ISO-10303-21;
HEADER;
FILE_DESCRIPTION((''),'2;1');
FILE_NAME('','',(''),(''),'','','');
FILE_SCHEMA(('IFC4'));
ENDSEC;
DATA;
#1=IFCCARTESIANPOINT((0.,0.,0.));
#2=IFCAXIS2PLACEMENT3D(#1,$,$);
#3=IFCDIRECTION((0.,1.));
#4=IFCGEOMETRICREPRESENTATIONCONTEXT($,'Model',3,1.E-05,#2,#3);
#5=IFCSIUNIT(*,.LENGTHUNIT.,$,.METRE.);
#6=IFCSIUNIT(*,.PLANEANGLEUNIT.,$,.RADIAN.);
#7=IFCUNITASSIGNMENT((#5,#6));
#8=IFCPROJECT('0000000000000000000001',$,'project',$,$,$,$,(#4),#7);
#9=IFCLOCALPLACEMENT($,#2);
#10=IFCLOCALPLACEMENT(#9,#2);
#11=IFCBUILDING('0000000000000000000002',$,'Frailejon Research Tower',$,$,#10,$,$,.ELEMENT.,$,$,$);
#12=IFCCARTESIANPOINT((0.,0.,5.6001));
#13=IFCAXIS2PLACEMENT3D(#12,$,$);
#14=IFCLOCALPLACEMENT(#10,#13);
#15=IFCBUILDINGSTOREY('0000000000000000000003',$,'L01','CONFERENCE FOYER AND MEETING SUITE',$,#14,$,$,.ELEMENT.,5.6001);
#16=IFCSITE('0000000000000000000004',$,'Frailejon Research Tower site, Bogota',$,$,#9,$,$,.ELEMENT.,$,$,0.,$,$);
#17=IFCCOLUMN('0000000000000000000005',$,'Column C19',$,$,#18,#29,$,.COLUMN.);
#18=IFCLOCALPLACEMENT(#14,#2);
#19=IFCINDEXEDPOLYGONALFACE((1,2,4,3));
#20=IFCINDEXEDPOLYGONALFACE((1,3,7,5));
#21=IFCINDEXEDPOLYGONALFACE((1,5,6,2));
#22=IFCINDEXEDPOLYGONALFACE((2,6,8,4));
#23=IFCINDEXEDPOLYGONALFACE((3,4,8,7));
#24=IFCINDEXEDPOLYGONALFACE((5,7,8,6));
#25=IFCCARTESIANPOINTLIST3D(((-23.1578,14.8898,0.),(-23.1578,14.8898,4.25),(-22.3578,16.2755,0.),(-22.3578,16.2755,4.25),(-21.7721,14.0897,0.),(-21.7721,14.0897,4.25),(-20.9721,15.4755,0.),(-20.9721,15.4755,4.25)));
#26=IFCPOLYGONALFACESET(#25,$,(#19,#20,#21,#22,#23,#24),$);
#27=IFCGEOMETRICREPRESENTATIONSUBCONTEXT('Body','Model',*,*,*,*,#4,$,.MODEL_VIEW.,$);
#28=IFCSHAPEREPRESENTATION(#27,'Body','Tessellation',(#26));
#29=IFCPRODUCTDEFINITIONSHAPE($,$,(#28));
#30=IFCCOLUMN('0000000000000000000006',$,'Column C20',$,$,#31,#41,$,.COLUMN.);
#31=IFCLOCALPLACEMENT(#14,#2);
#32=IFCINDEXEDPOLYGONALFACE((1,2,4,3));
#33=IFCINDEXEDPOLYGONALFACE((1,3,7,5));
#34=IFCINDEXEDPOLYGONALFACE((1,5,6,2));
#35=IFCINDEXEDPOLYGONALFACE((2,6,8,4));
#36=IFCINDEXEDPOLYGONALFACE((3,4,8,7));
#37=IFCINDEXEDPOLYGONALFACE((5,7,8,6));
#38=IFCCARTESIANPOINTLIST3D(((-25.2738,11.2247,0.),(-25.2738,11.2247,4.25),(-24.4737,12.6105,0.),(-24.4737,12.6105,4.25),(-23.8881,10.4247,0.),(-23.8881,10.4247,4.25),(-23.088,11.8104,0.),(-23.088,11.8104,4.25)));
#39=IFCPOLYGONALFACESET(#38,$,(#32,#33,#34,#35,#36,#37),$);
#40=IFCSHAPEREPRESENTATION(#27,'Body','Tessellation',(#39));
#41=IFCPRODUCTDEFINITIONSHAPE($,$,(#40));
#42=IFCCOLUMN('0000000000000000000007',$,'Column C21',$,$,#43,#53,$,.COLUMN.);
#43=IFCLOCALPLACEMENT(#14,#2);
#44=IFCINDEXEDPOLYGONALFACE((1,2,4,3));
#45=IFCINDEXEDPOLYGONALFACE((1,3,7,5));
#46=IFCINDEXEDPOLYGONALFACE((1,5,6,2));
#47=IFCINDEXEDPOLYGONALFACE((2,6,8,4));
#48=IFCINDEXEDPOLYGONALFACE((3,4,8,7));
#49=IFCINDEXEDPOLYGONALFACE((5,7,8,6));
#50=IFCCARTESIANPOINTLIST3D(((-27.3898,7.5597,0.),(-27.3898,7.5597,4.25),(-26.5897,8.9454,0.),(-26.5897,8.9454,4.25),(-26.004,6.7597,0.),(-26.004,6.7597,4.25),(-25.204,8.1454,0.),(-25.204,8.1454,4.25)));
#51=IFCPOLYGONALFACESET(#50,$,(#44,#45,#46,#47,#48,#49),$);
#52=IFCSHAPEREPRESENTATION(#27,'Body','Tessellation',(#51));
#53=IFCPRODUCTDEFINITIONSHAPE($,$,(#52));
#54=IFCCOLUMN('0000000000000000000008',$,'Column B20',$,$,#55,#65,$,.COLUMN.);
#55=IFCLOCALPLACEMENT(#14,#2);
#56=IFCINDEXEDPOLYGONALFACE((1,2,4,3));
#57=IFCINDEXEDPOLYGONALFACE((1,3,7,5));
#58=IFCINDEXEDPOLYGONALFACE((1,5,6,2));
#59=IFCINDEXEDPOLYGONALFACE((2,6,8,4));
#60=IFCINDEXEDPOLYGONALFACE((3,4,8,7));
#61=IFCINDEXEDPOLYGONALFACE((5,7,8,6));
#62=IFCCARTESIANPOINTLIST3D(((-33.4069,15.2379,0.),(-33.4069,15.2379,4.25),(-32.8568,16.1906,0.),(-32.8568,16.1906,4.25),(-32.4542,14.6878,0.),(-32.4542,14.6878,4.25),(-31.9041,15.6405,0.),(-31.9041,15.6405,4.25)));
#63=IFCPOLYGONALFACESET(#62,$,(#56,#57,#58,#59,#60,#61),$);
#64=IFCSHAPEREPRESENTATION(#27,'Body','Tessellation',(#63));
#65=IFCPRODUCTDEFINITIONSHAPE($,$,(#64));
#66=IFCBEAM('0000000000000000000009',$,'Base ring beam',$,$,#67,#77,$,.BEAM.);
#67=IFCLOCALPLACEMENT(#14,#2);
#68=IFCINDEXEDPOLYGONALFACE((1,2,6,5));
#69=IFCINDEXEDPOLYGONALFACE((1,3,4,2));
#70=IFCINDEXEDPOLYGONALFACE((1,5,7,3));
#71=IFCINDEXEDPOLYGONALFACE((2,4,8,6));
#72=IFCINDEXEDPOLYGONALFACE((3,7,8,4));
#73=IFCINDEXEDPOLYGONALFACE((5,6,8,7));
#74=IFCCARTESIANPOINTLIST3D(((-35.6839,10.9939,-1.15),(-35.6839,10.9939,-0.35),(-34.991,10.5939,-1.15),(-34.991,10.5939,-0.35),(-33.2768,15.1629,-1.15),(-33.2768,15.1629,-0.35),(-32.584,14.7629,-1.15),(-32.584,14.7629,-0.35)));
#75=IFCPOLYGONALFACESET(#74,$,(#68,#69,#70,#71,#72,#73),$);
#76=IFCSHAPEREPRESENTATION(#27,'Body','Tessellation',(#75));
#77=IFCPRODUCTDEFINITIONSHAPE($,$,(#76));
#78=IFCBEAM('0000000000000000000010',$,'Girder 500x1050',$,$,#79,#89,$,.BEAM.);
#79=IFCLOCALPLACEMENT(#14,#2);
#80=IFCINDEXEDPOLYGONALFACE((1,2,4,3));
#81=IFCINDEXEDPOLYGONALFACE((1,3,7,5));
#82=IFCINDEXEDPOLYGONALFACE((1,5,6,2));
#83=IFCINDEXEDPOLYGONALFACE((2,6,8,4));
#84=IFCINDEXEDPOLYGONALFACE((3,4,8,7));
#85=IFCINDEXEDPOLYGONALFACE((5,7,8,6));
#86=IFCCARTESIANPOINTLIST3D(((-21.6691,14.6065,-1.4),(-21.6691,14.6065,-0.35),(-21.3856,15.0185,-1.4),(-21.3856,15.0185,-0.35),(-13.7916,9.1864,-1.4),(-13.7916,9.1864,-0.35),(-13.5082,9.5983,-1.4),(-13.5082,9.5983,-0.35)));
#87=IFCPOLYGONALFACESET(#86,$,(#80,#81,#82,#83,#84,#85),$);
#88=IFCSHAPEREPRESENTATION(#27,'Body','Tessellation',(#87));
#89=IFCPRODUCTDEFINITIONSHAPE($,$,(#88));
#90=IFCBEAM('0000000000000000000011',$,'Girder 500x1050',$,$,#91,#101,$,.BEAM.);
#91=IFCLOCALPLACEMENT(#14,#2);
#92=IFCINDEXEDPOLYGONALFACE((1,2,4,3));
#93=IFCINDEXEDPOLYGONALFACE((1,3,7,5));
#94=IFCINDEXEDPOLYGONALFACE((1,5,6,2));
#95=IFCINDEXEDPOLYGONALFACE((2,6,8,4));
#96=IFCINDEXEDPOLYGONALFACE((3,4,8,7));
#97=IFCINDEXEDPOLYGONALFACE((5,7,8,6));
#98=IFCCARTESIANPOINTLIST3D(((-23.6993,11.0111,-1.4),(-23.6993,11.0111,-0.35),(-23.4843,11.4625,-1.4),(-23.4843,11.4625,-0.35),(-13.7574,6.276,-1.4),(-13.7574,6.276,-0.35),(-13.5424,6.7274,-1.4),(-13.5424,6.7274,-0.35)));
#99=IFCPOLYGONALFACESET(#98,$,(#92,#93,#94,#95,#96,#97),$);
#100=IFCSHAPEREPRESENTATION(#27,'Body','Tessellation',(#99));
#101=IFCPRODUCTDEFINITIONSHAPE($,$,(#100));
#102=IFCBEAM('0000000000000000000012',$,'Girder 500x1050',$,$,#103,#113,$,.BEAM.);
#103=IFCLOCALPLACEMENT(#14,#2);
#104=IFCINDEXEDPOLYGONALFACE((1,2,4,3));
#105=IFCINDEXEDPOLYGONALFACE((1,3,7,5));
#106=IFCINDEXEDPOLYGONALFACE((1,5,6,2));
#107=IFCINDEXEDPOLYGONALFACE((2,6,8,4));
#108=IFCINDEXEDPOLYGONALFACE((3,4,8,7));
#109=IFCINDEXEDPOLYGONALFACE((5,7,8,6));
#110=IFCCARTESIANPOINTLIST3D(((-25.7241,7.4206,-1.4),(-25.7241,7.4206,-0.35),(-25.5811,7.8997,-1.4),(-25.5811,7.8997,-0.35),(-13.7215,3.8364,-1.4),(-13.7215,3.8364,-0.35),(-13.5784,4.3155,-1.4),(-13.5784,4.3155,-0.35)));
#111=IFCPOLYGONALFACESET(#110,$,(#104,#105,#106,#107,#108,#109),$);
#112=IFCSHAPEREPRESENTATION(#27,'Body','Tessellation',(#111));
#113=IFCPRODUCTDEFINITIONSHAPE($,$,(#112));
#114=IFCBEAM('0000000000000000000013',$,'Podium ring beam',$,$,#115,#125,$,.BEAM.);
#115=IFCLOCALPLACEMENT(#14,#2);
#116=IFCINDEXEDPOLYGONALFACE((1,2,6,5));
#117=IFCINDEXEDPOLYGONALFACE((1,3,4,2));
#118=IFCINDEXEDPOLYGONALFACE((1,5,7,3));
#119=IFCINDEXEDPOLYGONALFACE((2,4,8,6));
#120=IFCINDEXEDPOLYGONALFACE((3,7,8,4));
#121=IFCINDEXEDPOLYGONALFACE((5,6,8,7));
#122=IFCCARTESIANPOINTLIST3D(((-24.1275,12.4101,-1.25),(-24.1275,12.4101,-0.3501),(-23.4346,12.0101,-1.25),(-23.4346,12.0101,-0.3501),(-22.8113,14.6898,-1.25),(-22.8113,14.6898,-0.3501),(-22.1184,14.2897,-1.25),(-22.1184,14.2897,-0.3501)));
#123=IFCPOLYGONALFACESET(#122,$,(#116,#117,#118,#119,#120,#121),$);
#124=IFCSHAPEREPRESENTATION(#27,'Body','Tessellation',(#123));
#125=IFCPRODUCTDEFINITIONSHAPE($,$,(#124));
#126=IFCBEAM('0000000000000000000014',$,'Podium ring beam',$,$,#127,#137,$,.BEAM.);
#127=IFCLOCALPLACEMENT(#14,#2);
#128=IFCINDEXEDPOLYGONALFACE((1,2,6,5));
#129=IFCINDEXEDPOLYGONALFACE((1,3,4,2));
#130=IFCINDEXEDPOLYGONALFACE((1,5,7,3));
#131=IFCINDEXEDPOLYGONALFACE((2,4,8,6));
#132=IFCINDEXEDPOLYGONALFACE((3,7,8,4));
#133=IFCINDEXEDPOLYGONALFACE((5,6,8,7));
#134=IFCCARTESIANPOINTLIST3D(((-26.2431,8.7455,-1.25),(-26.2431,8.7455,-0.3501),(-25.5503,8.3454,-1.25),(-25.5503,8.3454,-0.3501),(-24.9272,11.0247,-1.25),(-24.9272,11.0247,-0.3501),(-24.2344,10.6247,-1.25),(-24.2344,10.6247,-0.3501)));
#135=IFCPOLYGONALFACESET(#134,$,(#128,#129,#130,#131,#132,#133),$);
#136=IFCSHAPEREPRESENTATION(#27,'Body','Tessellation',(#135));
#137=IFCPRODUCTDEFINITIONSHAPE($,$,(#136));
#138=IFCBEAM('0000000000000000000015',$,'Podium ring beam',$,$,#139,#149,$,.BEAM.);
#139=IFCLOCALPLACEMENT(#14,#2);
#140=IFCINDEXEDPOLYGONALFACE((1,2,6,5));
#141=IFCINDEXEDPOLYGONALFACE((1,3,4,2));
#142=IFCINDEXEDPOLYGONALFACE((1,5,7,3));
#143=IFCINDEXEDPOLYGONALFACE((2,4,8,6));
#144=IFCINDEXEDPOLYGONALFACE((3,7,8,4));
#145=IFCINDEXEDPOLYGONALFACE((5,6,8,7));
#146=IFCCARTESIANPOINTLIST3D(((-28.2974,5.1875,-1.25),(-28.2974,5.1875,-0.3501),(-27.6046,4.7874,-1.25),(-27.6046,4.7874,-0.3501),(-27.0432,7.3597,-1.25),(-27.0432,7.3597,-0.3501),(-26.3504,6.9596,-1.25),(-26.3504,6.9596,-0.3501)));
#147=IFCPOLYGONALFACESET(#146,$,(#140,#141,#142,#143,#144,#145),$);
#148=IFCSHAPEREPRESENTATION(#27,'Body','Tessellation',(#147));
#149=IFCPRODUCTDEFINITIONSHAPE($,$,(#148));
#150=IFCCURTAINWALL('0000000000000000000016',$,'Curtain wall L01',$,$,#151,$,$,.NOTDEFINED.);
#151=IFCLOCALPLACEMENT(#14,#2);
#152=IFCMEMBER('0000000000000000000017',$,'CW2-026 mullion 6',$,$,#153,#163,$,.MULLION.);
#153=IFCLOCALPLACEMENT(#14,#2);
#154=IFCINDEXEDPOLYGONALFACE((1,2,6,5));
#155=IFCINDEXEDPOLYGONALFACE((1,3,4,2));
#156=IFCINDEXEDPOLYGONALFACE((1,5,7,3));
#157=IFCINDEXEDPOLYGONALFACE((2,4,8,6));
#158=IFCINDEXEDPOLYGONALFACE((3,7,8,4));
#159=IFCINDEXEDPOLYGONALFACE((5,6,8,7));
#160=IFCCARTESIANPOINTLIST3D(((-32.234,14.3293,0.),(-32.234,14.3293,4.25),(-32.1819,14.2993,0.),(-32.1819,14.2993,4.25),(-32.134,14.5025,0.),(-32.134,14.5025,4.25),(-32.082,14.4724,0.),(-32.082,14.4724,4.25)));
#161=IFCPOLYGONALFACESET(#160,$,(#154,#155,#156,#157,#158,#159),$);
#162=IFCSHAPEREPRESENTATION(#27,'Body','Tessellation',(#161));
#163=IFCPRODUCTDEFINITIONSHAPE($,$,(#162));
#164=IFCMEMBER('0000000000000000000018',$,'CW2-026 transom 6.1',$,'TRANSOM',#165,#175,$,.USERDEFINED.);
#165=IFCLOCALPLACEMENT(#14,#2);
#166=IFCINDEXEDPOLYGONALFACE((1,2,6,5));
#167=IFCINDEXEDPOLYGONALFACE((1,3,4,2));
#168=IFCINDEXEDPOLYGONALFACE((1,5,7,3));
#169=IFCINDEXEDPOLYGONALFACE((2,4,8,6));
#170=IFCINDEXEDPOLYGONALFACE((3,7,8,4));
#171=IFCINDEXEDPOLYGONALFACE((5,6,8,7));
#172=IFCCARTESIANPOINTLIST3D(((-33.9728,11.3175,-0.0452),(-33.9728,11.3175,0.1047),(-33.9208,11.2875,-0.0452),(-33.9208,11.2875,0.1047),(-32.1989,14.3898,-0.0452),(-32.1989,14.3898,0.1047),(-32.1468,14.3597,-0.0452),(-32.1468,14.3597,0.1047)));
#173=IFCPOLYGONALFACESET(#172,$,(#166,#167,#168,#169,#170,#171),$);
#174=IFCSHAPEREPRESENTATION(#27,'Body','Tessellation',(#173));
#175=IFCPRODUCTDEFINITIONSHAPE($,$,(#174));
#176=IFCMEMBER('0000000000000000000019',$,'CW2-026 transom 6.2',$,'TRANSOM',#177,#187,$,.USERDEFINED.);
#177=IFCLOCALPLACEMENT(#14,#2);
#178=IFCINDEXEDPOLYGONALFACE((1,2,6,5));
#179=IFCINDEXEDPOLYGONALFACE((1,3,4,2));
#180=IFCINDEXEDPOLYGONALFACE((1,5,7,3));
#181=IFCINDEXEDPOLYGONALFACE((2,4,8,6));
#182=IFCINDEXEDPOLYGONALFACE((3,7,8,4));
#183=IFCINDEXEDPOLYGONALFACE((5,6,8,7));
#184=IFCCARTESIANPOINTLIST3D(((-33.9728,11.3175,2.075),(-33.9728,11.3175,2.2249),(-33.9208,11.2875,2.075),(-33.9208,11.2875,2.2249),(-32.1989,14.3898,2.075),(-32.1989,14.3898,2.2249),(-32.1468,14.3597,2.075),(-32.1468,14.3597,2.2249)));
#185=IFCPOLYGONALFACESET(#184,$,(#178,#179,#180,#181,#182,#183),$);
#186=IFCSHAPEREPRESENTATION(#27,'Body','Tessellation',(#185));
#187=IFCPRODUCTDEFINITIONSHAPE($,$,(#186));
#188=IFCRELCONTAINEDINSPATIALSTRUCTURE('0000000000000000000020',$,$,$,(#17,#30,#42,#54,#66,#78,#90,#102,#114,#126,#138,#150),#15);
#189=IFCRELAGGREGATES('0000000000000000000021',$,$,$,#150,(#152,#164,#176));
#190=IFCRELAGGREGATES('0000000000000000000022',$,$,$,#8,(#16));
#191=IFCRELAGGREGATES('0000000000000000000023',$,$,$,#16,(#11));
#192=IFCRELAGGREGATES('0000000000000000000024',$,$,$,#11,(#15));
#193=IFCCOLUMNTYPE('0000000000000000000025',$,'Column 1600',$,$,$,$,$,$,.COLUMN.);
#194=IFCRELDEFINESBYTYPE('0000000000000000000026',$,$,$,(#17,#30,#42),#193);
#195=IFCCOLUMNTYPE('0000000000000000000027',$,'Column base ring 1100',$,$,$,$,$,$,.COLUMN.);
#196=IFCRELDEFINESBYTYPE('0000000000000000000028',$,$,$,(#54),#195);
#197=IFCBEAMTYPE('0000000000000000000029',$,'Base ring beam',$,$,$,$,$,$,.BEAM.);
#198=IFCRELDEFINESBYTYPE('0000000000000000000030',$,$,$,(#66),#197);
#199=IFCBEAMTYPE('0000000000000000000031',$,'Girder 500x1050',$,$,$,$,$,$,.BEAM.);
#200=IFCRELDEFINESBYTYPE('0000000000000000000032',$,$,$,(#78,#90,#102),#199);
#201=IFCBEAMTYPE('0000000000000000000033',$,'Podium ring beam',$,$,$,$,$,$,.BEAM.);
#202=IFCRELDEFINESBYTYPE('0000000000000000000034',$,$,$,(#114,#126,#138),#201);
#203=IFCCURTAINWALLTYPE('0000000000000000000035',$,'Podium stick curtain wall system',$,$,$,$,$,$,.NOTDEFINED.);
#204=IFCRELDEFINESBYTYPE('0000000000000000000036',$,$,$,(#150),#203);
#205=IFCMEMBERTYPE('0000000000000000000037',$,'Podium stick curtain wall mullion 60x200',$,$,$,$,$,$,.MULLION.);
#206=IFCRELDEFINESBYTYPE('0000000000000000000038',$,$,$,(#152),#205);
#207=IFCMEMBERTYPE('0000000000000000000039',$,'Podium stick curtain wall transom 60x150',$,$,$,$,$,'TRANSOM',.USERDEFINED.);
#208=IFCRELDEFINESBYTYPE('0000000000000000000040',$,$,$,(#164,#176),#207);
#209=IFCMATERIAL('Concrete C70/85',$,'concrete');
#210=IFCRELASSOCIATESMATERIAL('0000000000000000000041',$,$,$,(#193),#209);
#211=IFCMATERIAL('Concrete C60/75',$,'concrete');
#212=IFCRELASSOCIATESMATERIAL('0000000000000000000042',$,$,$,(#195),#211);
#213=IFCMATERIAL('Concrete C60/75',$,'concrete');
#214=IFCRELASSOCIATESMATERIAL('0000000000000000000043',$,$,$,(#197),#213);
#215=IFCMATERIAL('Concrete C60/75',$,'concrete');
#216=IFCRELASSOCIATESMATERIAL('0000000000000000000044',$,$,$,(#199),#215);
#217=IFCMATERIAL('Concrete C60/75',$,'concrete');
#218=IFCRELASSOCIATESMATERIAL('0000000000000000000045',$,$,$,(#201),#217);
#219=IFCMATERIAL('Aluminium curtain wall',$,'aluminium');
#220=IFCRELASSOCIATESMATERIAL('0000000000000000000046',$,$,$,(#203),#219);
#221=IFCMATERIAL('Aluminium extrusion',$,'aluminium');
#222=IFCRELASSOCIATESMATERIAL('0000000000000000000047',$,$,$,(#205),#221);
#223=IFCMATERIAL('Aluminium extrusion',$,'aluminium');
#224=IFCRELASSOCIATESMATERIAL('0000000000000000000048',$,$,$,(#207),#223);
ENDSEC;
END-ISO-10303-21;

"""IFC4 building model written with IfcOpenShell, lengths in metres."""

from ifc_helpers import new_model, si_unit, direction, frame, origin, origin_2d, place, context, subcontext, project, spatial, rectangle, extrude, material, material_profile, profile_set, type_object, element, aggregate, save


model = new_model("IFC4")

# Units and contexts
model_context = context("Model", 3, precision=1e-05, world=origin(), true_north=direction((0.0, 1.0)))
body_context = subcontext(model_context, "Body", "Model", "MODEL_VIEW")
ifc_project = project(units=[si_unit("LENGTHUNIT", "METRE"), si_unit("PLANEANGLEUNIT", "RADIAN")], contexts=[model_context])

# Site, building, storey
site_placement = place(None, origin())
site = spatial("IfcSite", under=ifc_project, at=site_placement, Name="Frailejon Research Tower site, Bogota", CompositionType="ELEMENT", RefElevation=0.0)
building_placement = place(site_placement, origin())
building = spatial("IfcBuilding", under=site, at=building_placement, Name="Frailejon Research Tower", CompositionType="ELEMENT")
storey_placement = place(building_placement, frame((0.0, 0.0, 5.6001)))
storey = spatial("IfcBuildingStorey", under=building, at=storey_placement, Name="L01", Description="CONFERENCE FOYER AND MEETING SUITE", CompositionType="ELEMENT", Elevation=5.6001)

# Columns
ifc_material_1 = material(Name="Concrete C70/85", Category="concrete")
ifc_material_profile_1 = material_profile(ifc_material_1, rectangle(XDim=1.6001, YDim=1.6001, at=origin_2d()), Name="Column 1600")
ifc_profile_set_1 = profile_set([ifc_material_profile_1], Name="Concrete C70/85")
column_type_1 = type_object("IfcColumnType", Name="Column 1600", PredefinedType="COLUMN", material=ifc_profile_set_1)
for number, where, z_axis, x_axis, name in (
    (1, (-22.0649, 15.1826, 0.0), (0.0, 0.0, 1.0), (-0.5, -0.866025, 0.0), "Column C19"),
    (2, (-24.1809, 11.5176, 0.0), (0.0, 0.0, 1.0), (-0.5, -0.866025, 0.0), "Column C20"),
    (3, (-26.2969, 7.8525, 0.0), (0.0, 0.0, 1.0), (-0.5, -0.866025, 0.0), "Column C21"),
):
    element("IfcColumn", number, at=place(storey_placement, frame(where, z_axis=z_axis, x_axis=x_axis)), inside=storey, type_object=column_type_1, Name=name, PredefinedType="COLUMN", context=body_context, shape_type="SweptSolid", body=[
        extrude(rectangle(XDim=1.6001, YDim=1.6001, at=origin_2d()), origin(), (0.0, 0.0, 1.0), 4.25),
    ])
ifc_material_2 = material(Name="Concrete C60/75", Category="concrete")
ifc_material_profile_2 = material_profile(ifc_material_2, rectangle(XDim=1.1001, YDim=1.1001, at=origin_2d()), Name="Column base ring 1100")
ifc_profile_set_2 = profile_set([ifc_material_profile_2], Name="Concrete C60/75")
column_type_2 = type_object("IfcColumnType", Name="Column base ring 1100", PredefinedType="COLUMN", material=ifc_profile_set_2)
column_placement = place(storey_placement, frame((-32.6555, 15.4392, 0.0), z_axis=(0.0, 0.0, 1.0), x_axis=(-0.5, -0.866025, 0.0)))
element("IfcColumn", 4, at=column_placement, inside=storey, type_object=column_type_2, Name="Column B20", PredefinedType="COLUMN", context=body_context, shape_type="SweptSolid", body=[
    extrude(rectangle(XDim=1.1001, YDim=1.1001, at=origin_2d()), origin(), (0.0, 0.0, 1.0), 4.25),
])

# Beams
ifc_material_3 = material(Name="Concrete C60/75", Category="concrete")
ifc_material_profile_3 = material_profile(ifc_material_3, rectangle(XDim=0.8, YDim=0.8, at=origin_2d()), Name="Base ring beam")
ifc_profile_set_3 = profile_set([ifc_material_profile_3], Name="Concrete C60/75")
beam_type_1 = type_object("IfcBeamType", Name="Base ring beam", PredefinedType="BEAM", material=ifc_profile_set_3)
beam_1_placement = place(storey_placement, frame((-32.9304, 14.9629, -0.75), z_axis=(-0.500006, -0.866022, 0.0), x_axis=(0.866022, -0.500006, 0.0)))
element("IfcBeam", 5, at=beam_1_placement, inside=storey, type_object=beam_type_1, Name="Base ring beam", PredefinedType="BEAM", context=body_context, shape_type="SweptSolid", body=[
    extrude(rectangle(XDim=0.8, YDim=0.8, at=origin_2d()), origin(), (0.0, 0.0, 1.0), 4.814),
])
ifc_material_4 = material(Name="Concrete C60/75", Category="concrete")
ifc_material_profile_4 = material_profile(ifc_material_4, rectangle(XDim=0.5, YDim=1.05, at=origin_2d()), Name="Girder 500x1050")
ifc_profile_set_4 = profile_set([ifc_material_profile_4], Name="Concrete C60/75")
beam_type_2 = type_object("IfcBeamType", Name="Girder 500x1050", PredefinedType="BEAM", material=ifc_profile_set_4)
beam_2_placement = place(storey_placement, frame((-21.5273, 14.8125, -0.875), z_axis=(0.823826, -0.566843, 0.0), x_axis=(0.566843, 0.823826, 0.0)))
element("IfcBeam", 6, at=beam_2_placement, inside=storey, type_object=beam_type_2, Name="Girder 500x1050", PredefinedType="BEAM", context=body_context, shape_type="SweptSolid", body=[
    extrude(rectangle(XDim=0.5, YDim=1.05, at=origin_2d()), origin(), (0.0, 0.0, 1.0), 9.562),
])
beam_3_placement = place(storey_placement, frame((-23.5918, 11.2368, -0.875), z_axis=(0.90283, -0.429998, 0.0), x_axis=(0.429998, 0.90283, 0.0)))
element("IfcBeam", 7, at=beam_3_placement, inside=storey, type_object=beam_type_2, Name="Girder 500x1050", PredefinedType="BEAM", context=body_context, shape_type="SweptSolid", body=[
    extrude(rectangle(XDim=0.5, YDim=1.05, at=origin_2d()), origin(), (0.0, 0.0, 1.0), 11.012),
])
beam_4_placement = place(storey_placement, frame((-25.6526, 7.6602, -0.875), z_axis=(0.95819, -0.286134, 0.0), x_axis=(0.286134, 0.95819, 0.0)))
element("IfcBeam", 8, at=beam_4_placement, inside=storey, type_object=beam_type_2, Name="Girder 500x1050", PredefinedType="BEAM", context=body_context, shape_type="SweptSolid", body=[
    extrude(rectangle(XDim=0.5, YDim=1.05, at=origin_2d()), origin(), (0.0, 0.0, 1.0), 12.5264),
])
ifc_material_5 = material(Name="Concrete C60/75", Category="concrete")
ifc_material_profile_5 = material_profile(ifc_material_5, rectangle(XDim=0.8, YDim=0.8999, at=origin_2d()), Name="Podium ring beam")
ifc_profile_set_5 = profile_set([ifc_material_profile_5], Name="Concrete C60/75")
beam_type_3 = type_object("IfcBeamType", Name="Podium ring beam", PredefinedType="BEAM", material=ifc_profile_set_5)
beam_5_placement = place(storey_placement, frame((-22.4648, 14.4897, -0.8), z_axis=(-0.50002, -0.866014, 0.0), x_axis=(0.866014, -0.50002, 0.0)))
element("IfcBeam", 9, at=beam_5_placement, inside=storey, type_object=beam_type_3, Name="Podium ring beam", PredefinedType="BEAM", context=body_context, shape_type="SweptSolid", body=[
    extrude(rectangle(XDim=0.8, YDim=0.8999, at=origin_2d()), origin(), (0.0, 0.0, 1.0), 2.6323),
])
beam_6_placement = place(storey_placement, frame((-24.5808, 10.8247, -0.8), z_axis=(-0.49999, -0.866031, 0.0), x_axis=(0.866031, -0.49999, 0.0)))
element("IfcBeam", 10, at=beam_6_placement, inside=storey, type_object=beam_type_3, Name="Podium ring beam", PredefinedType="BEAM", context=body_context, shape_type="SweptSolid", body=[
    extrude(rectangle(XDim=0.8, YDim=0.8999, at=origin_2d()), origin(), (0.0, 0.0, 1.0), 2.6318),
])
beam_7_placement = place(storey_placement, frame((-26.6968, 7.1597, -0.8), z_axis=(-0.500023, -0.866012, 0.0), x_axis=(0.866012, -0.500023, 0.0)))
element("IfcBeam", 11, at=beam_7_placement, inside=storey, type_object=beam_type_3, Name="Podium ring beam", PredefinedType="BEAM", context=body_context, shape_type="SweptSolid", body=[
    extrude(rectangle(XDim=0.8, YDim=0.8999, at=origin_2d()), origin(), (0.0, 0.0, 1.0), 2.5083),
])

# Curtain wall, members
ifc_material_6 = material(Name="Aluminium curtain wall", Category="aluminium")
curtain_wall_type = type_object("IfcCurtainWallType", Name="Podium stick curtain wall system", PredefinedType="NOTDEFINED", material=ifc_material_6)
curtain_wall_placement = place(storey_placement, origin())
curtain_wall = element("IfcCurtainWall", 12, at=curtain_wall_placement, inside=storey, type_object=curtain_wall_type, Name="Curtain wall L01", PredefinedType="NOTDEFINED")
ifc_material_7 = material(Name="Aluminium extrusion", Category="aluminium")
ifc_material_profile_6 = material_profile(ifc_material_7, rectangle(XDim=0.0601, YDim=0.2, at=origin_2d()), Name="Podium stick curtain wall mullion 60x200")
ifc_profile_set_6 = profile_set([ifc_material_profile_6], Name="Aluminium extrusion")
member_type_1 = type_object("IfcMemberType", Name="Podium stick curtain wall mullion 60x200", PredefinedType="MULLION", material=ifc_profile_set_6)
member_1_placement = place(storey_placement, frame((-32.158, 14.4009, 0.0), z_axis=(0.0, 0.0, 1.0), x_axis=(0.866026, -0.499998, 0.0)))
member_1 = element("IfcMember", 13, at=member_1_placement, type_object=member_type_1, Name="CW2-026 mullion 6", PredefinedType="MULLION", context=body_context, shape_type="SweptSolid", body=[
    extrude(rectangle(XDim=0.0601, YDim=0.2, at=origin_2d()), origin(), (0.0, 0.0, 1.0), 4.25),
])
ifc_material_8 = material(Name="Aluminium extrusion", Category="aluminium")
ifc_material_profile_7 = material_profile(ifc_material_8, rectangle(XDim=0.0601, YDim=0.1499, at=origin_2d()), Name="Podium stick curtain wall transom 60x150")
ifc_profile_set_7 = profile_set([ifc_material_profile_7], Name="Aluminium extrusion")
member_type_2 = type_object("IfcMemberType", Name="Podium stick curtain wall transom 60x150", ElementType="TRANSOM", PredefinedType="USERDEFINED", material=ifc_profile_set_7)
member_2_placement = place(storey_placement, frame((-32.1729, 14.3748, 0.0298), z_axis=(-0.500032, -0.866007, 0.0), x_axis=(0.866007, -0.500032, 0.0)))
member_2 = element("IfcMember", 14, at=member_2_placement, type_object=member_type_2, Name="CW2-026 transom 6.1", ObjectType="TRANSOM", PredefinedType="USERDEFINED", context=body_context, shape_type="SweptSolid", body=[
    extrude(rectangle(XDim=0.0601, YDim=0.1499, at=origin_2d()), origin(), (0.0, 0.0, 1.0), 3.5476),
])
member_3_placement = place(storey_placement, frame((-32.1729, 14.3748, 2.1499), z_axis=(-0.500032, -0.866007, 0.0), x_axis=(0.866007, -0.500032, 0.0)))
member_3 = element("IfcMember", 15, at=member_3_placement, type_object=member_type_2, Name="CW2-026 transom 6.2", ObjectType="TRANSOM", PredefinedType="USERDEFINED", context=body_context, shape_type="SweptSolid", body=[
    extrude(rectangle(XDim=0.0601, YDim=0.1499, at=origin_2d()), origin(), (0.0, 0.0, 1.0), 3.5476),
])
aggregate(curtain_wall, [member_1, member_2, member_3])

save(model, "model.ifc")
